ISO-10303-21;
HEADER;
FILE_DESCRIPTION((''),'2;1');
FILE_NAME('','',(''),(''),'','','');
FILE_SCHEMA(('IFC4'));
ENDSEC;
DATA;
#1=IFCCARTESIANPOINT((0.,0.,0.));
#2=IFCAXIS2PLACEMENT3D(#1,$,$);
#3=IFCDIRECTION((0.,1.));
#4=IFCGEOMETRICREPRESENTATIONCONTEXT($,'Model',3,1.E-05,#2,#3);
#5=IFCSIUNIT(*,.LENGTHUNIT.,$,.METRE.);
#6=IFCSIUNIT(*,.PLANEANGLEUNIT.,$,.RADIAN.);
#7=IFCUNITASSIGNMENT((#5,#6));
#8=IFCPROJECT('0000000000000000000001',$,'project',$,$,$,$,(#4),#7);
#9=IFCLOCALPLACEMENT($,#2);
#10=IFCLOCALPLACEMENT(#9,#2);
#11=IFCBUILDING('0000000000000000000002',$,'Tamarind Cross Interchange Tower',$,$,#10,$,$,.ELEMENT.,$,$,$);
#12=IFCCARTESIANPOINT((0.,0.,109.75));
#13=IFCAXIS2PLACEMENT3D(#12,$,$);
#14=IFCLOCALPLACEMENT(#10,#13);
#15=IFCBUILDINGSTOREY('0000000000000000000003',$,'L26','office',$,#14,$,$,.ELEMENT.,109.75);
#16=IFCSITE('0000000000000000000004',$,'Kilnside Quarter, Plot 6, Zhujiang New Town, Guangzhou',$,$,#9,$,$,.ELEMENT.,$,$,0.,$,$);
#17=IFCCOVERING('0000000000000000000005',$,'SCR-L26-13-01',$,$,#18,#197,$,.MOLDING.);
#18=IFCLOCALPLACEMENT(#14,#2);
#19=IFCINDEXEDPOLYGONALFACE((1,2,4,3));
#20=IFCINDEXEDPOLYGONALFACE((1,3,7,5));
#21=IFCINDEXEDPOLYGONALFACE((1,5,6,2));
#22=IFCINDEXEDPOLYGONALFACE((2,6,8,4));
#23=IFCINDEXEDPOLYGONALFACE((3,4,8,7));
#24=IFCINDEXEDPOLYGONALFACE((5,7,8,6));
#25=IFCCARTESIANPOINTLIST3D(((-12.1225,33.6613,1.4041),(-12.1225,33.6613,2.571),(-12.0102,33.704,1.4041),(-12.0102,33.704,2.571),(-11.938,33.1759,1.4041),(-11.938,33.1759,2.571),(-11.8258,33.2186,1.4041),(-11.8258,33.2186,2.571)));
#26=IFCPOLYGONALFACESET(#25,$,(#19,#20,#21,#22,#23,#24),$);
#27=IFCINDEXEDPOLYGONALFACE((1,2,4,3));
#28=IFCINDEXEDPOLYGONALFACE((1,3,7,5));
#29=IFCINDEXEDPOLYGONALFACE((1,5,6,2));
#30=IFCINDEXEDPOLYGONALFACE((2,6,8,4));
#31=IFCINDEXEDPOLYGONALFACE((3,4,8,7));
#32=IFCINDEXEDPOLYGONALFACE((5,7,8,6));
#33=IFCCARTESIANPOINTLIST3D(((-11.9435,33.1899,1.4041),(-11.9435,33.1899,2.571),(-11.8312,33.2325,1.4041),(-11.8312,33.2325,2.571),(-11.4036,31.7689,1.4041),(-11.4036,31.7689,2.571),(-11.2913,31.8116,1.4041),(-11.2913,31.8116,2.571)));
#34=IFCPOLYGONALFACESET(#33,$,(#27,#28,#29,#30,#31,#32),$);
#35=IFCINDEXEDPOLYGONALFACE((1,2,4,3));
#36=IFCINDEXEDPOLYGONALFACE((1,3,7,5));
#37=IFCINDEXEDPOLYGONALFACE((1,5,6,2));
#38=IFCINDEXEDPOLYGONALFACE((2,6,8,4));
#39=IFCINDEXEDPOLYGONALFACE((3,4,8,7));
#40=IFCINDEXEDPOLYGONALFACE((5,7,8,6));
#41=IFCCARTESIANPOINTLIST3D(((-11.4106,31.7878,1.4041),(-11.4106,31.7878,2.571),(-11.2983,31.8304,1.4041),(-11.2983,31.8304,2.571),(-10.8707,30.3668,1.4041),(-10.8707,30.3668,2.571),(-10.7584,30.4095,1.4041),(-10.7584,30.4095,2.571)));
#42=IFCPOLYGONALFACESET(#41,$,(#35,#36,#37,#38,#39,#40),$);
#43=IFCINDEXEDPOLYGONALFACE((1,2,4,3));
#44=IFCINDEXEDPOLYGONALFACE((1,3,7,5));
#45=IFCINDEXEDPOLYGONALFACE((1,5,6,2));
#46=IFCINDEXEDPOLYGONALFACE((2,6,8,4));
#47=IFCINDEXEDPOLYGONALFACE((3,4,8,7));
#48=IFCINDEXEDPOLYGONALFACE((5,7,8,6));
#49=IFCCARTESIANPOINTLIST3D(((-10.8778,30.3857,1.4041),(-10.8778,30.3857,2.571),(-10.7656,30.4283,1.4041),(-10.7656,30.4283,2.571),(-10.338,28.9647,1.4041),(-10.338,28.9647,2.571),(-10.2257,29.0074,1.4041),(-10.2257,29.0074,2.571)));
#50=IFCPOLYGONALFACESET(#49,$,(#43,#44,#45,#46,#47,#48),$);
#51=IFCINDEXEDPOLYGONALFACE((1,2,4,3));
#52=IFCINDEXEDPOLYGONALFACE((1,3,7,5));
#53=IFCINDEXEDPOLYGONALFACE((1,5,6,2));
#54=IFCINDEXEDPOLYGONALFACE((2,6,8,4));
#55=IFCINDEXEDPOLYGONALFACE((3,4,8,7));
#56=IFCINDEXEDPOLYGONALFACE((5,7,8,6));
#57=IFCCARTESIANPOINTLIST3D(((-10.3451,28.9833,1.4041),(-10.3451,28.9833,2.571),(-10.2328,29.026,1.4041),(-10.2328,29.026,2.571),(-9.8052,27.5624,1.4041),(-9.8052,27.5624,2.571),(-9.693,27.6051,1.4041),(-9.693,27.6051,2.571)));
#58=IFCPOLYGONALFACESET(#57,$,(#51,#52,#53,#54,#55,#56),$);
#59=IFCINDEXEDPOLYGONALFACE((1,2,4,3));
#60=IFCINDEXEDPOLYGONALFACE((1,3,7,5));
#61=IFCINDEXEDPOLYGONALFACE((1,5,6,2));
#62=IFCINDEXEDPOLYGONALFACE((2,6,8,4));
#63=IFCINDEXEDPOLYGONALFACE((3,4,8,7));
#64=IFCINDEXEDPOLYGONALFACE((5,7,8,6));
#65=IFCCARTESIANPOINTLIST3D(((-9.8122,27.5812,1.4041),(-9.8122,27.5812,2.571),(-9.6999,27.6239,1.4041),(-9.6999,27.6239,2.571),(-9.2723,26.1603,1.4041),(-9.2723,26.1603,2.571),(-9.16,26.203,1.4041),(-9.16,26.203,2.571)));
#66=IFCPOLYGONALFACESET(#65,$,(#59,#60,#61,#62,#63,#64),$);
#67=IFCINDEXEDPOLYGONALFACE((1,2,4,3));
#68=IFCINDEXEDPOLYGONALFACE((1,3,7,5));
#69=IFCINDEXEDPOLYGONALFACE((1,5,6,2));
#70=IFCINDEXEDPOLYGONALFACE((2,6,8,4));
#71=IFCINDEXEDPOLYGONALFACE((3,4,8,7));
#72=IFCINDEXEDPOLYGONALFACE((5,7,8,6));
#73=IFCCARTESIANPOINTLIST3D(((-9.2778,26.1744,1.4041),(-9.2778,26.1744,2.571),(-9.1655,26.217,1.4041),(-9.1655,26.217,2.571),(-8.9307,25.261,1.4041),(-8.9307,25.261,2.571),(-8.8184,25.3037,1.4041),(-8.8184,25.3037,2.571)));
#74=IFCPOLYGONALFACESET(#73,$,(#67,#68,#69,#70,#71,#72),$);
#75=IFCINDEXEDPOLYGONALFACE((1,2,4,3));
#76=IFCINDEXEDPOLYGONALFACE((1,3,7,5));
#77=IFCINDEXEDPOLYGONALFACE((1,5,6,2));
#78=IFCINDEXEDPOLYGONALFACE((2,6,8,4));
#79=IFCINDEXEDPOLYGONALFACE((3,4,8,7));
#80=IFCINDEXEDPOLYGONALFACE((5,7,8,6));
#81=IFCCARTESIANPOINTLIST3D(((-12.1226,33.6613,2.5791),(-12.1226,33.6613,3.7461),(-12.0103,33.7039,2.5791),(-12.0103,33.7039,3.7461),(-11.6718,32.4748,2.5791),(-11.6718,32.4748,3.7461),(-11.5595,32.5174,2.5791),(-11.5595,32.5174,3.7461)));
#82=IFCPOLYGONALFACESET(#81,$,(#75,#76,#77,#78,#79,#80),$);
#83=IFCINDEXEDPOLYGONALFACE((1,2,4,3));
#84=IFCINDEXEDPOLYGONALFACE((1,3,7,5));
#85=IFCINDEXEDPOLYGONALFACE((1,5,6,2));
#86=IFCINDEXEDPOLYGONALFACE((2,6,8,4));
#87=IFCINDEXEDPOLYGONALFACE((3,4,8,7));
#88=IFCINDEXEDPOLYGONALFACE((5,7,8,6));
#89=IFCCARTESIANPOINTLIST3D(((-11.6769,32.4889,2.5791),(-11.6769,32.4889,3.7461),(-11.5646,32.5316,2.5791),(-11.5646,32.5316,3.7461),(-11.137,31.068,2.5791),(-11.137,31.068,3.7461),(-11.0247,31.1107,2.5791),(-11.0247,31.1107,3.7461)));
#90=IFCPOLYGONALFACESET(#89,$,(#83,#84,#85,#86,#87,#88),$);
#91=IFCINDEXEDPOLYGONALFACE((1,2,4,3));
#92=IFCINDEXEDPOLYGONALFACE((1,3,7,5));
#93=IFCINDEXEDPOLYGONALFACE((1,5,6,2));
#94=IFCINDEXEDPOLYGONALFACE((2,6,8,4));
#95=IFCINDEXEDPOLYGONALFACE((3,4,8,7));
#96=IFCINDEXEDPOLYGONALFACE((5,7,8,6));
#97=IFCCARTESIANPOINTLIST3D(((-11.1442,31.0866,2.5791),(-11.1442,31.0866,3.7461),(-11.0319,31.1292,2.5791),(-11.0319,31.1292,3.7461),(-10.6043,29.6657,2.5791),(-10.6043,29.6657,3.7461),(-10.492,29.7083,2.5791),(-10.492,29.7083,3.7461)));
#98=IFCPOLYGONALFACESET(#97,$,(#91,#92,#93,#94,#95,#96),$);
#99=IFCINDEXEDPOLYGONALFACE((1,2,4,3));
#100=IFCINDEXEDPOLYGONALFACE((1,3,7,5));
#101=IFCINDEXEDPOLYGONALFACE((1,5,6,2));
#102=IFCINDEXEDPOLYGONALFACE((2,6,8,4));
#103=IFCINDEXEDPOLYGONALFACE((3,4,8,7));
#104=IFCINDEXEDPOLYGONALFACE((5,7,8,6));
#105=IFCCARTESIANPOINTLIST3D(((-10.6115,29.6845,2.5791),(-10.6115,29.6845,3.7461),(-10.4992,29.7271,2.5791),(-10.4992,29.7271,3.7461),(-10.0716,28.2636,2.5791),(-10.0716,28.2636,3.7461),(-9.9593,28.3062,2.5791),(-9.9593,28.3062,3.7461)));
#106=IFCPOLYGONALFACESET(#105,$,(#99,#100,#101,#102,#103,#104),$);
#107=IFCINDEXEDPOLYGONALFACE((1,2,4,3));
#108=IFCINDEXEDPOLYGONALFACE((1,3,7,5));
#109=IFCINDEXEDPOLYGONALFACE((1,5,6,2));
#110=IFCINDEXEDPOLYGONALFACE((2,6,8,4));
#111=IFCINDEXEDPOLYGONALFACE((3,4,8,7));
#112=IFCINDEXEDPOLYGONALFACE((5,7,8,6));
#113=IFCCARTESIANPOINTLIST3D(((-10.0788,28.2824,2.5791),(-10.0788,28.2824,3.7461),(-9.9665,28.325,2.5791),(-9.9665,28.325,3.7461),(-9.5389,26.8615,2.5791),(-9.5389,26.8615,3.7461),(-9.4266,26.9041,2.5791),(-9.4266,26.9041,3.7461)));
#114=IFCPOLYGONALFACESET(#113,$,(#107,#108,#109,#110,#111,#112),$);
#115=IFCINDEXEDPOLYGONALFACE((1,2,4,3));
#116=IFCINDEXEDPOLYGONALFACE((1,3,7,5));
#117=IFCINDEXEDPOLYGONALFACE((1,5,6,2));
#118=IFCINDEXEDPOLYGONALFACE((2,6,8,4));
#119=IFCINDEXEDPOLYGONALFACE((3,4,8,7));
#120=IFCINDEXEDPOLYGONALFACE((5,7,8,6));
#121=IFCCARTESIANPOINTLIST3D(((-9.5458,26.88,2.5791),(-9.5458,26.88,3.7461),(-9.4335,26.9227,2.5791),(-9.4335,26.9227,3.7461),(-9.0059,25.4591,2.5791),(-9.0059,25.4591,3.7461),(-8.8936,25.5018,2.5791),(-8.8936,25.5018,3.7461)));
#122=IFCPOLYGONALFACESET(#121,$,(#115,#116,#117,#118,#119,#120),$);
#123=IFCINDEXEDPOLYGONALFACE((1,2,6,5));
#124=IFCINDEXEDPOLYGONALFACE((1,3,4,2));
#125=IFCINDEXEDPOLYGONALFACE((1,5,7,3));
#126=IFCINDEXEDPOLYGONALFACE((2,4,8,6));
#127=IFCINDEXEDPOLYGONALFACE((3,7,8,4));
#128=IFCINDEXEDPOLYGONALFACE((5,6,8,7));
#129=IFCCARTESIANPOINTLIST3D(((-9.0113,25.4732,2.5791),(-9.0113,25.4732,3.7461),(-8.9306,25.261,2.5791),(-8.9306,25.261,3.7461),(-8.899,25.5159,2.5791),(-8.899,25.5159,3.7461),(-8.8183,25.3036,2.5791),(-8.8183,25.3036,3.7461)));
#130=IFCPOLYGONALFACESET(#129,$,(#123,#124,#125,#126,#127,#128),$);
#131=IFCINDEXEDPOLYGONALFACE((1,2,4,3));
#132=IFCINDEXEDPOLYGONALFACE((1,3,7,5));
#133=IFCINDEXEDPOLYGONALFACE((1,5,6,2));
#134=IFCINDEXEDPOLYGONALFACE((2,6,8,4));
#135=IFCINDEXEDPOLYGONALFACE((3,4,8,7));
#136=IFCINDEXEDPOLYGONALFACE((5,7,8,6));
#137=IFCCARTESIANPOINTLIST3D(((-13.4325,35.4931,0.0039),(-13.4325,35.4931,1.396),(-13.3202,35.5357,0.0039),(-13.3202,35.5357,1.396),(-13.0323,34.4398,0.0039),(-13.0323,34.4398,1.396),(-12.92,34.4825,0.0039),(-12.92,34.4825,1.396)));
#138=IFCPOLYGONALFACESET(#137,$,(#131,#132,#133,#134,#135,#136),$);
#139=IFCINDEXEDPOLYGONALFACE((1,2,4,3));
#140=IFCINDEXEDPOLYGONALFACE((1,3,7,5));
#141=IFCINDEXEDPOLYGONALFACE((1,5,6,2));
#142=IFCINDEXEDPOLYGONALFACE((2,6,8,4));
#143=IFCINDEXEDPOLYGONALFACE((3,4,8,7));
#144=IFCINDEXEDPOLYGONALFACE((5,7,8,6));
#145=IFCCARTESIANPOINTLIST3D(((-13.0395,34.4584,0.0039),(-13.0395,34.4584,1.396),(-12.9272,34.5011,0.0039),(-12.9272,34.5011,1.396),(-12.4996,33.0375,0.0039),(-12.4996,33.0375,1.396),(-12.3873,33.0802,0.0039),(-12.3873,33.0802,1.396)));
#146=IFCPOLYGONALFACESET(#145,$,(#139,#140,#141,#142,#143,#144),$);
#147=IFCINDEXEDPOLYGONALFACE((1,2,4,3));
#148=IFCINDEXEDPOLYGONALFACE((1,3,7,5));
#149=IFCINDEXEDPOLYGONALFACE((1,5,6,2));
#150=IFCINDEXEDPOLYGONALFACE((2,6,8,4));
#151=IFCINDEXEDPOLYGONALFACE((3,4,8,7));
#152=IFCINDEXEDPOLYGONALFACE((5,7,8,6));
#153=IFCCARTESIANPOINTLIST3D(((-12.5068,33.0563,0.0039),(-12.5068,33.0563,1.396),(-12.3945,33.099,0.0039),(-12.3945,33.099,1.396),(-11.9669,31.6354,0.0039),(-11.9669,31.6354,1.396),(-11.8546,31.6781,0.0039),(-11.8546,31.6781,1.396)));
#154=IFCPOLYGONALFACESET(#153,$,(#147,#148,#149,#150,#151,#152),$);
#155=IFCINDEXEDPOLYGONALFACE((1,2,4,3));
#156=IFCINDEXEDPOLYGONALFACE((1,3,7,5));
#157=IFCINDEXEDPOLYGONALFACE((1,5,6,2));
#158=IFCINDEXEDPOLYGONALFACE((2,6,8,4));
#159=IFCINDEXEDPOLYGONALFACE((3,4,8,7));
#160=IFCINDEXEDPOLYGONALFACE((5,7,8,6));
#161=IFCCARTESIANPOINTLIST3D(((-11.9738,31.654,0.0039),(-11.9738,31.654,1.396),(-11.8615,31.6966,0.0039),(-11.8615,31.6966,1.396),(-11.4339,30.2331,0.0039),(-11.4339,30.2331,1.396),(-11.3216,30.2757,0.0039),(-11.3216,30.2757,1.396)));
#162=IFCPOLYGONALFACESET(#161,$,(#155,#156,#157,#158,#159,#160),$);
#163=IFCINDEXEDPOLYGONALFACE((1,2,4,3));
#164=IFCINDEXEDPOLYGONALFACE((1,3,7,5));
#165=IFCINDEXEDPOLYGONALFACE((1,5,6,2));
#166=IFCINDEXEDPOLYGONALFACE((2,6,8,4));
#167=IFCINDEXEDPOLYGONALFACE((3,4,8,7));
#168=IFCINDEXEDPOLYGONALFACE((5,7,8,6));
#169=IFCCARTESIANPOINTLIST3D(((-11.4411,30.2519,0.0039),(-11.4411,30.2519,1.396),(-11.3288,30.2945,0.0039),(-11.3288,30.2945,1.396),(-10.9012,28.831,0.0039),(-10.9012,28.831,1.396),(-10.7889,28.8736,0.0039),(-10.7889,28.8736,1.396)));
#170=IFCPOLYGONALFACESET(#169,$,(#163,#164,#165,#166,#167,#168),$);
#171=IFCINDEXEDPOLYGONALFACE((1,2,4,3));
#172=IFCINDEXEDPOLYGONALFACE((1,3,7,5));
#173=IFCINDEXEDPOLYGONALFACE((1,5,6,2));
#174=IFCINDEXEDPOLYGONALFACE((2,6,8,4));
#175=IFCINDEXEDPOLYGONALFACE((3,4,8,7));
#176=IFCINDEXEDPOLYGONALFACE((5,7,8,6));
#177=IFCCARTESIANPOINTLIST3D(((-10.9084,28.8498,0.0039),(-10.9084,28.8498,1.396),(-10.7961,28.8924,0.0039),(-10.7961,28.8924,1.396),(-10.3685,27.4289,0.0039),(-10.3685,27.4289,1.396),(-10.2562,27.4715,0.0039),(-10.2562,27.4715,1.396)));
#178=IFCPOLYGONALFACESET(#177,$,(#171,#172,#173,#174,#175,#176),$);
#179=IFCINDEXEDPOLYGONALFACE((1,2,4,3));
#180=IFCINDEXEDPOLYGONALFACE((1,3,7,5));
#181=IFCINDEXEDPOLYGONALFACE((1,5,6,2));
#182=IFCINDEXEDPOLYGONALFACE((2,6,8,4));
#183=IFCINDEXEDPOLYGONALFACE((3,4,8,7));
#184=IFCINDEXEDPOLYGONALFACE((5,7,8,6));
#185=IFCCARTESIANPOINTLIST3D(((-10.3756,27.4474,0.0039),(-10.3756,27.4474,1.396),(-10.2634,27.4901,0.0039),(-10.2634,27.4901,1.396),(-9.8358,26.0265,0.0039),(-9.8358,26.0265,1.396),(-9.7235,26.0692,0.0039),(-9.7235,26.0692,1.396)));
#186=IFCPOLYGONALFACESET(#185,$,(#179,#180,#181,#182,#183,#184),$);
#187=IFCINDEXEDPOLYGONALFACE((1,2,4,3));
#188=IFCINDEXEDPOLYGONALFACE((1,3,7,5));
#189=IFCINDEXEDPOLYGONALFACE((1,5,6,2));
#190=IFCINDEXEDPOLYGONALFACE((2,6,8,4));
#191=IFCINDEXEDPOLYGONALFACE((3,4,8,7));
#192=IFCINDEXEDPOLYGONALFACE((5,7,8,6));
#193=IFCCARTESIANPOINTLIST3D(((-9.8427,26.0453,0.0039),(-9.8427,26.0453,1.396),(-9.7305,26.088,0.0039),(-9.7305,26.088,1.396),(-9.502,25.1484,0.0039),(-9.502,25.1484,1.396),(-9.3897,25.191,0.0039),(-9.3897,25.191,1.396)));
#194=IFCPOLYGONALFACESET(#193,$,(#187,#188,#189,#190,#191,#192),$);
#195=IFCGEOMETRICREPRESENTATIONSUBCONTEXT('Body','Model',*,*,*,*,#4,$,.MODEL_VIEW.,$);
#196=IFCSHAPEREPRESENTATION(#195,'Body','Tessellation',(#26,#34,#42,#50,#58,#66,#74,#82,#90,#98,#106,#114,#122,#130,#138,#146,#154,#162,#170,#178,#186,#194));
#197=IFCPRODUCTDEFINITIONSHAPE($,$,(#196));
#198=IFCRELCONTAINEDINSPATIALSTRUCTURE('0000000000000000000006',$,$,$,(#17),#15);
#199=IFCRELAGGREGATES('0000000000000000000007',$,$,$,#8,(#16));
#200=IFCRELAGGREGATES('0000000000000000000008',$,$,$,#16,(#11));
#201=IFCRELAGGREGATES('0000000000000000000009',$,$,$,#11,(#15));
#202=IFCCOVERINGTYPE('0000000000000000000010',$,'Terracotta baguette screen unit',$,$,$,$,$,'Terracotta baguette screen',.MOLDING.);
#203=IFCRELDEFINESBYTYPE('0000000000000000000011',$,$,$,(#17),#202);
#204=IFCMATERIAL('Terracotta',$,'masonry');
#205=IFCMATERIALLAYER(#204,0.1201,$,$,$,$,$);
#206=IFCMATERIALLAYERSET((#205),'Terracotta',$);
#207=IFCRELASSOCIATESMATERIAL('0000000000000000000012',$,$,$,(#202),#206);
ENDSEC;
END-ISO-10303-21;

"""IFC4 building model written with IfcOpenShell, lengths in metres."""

from ifc_helpers import new_model, si_unit, direction, frame, origin, origin_2d, place, context, subcontext, project, spatial, rectangle, extrude, material, layer, layer_set, type_object, element, save


model = new_model("IFC4")

# Units and contexts
model_context = context("Model", 3, precision=1e-05, world=origin(), true_north=direction((0.0, 1.0)))
body_context = subcontext(model_context, "Body", "Model", "MODEL_VIEW")
ifc_project = project(units=[si_unit("LENGTHUNIT", "METRE"), si_unit("PLANEANGLEUNIT", "RADIAN")], contexts=[model_context])

# Site, building, storey
site_placement = place(None, origin())
site = spatial("IfcSite", under=ifc_project, at=site_placement, Name="Kilnside Quarter, Plot 6, Zhujiang New Town, Guangzhou", CompositionType="ELEMENT", RefElevation=0.0)
building_placement = place(site_placement, origin())
building = spatial("IfcBuilding", under=site, at=building_placement, Name="Tamarind Cross Interchange Tower", CompositionType="ELEMENT")
storey_placement = place(building_placement, frame((0.0, 0.0, 109.75)))
storey = spatial("IfcBuildingStorey", under=building, at=storey_placement, Name="L26", Description="office", CompositionType="ELEMENT", Elevation=109.75)

# Covering
ifc_material_1 = material(Name="Terracotta", Category="masonry")
ifc_layer_1 = layer(ifc_material_1, 0.1201)
ifc_layer_set_1 = layer_set([ifc_layer_1], Name="Terracotta")
covering_type = type_object("IfcCoveringType", Name="Terracotta baguette screen unit", ElementType="Terracotta baguette screen", PredefinedType="MOLDING", material=ifc_layer_set_1)
covering_1_placement = place(storey_placement, origin())
element("IfcCovering", 1, at=covering_1_placement, inside=storey, type_object=covering_type, Name="SCR-L26-13-01", PredefinedType="MOLDING", context=body_context, shape_type="SweptSolid", body=[
    extrude(rectangle(XDim=0.5193, YDim=0.1201, at=origin_2d()), frame((-11.9741, 33.4399, 1.4041), z_axis=(0.0, 0.0, 1.0), x_axis=(0.355186, -0.934796, 0.0)), (0.0, 0.0, 1.0), 1.167),
    extrude(rectangle(XDim=1.52, YDim=0.1201, at=origin_2d()), frame((-11.6174, 32.5007, 1.4041), z_axis=(0.0, 0.0, 1.0), x_axis=(0.355186, -0.934796, 0.0)), (0.0, 0.0, 1.0), 1.167),
    extrude(rectangle(XDim=1.52, YDim=0.1201, at=origin_2d()), frame((-11.0845, 31.0986, 1.4041), z_axis=(0.0, 0.0, 1.0), x_axis=(0.355186, -0.934796, 0.0)), (0.0, 0.0, 1.0), 1.167),
    extrude(rectangle(XDim=1.52, YDim=0.1201, at=origin_2d()), frame((-10.5518, 29.6965, 1.4041), z_axis=(0.0, 0.0, 1.0), x_axis=(0.355186, -0.934796, 0.0)), (0.0, 0.0, 1.0), 1.167),
    extrude(rectangle(XDim=1.52, YDim=0.1201, at=origin_2d()), frame((-10.019, 28.2942, 1.4041), z_axis=(0.0, 0.0, 1.0), x_axis=(0.355186, -0.934796, 0.0)), (0.0, 0.0, 1.0), 1.167),
    extrude(rectangle(XDim=1.52, YDim=0.1201, at=origin_2d()), frame((-9.4861, 26.8921, 1.4041), z_axis=(0.0, 0.0, 1.0), x_axis=(0.355186, -0.934796, 0.0)), (0.0, 0.0, 1.0), 1.167),
    extrude(rectangle(XDim=0.9771, YDim=0.1201, at=origin_2d()), frame((-9.0481, 25.739, 1.4041), z_axis=(0.0, 0.0, 1.0), x_axis=(0.355186, -0.934796, 0.0)), (0.0, 0.0, 1.0), 1.167),
    extrude(rectangle(XDim=1.2693, YDim=0.1201, at=origin_2d()), frame((-11.8411, 33.0894, 2.5791), z_axis=(0.0, 0.0, 1.0), x_axis=(0.355186, -0.934796, 0.0)), (0.0, 0.0, 1.0), 1.167),
    extrude(rectangle(XDim=1.52, YDim=0.1201, at=origin_2d()), frame((-11.3508, 31.7998, 2.5791), z_axis=(0.0, 0.0, 1.0), x_axis=(0.355186, -0.934796, 0.0)), (0.0, 0.0, 1.0), 1.167),
    extrude(rectangle(XDim=1.52, YDim=0.1201, at=origin_2d()), frame((-10.8181, 30.3975, 2.5791), z_axis=(0.0, 0.0, 1.0), x_axis=(0.355186, -0.934796, 0.0)), (0.0, 0.0, 1.0), 1.167),
    extrude(rectangle(XDim=1.52, YDim=0.1201, at=origin_2d()), frame((-10.2854, 28.9954, 2.5791), z_axis=(0.0, 0.0, 1.0), x_axis=(0.355186, -0.934796, 0.0)), (0.0, 0.0, 1.0), 1.167),
    extrude(rectangle(XDim=1.52, YDim=0.1201, at=origin_2d()), frame((-9.7527, 27.5933, 2.5791), z_axis=(0.0, 0.0, 1.0), x_axis=(0.355186, -0.934796, 0.0)), (0.0, 0.0, 1.0), 1.167),
    extrude(rectangle(XDim=1.52, YDim=0.1201, at=origin_2d()), frame((-9.2197, 26.1909, 2.5791), z_axis=(0.0, 0.0, 1.0), x_axis=(0.355186, -0.934796, 0.0)), (0.0, 0.0, 1.0), 1.167),
    extrude(rectangle(XDim=0.2271, YDim=0.1201, at=origin_2d()), frame((-8.9148, 25.3884, 2.5791), z_axis=(0.0, 0.0, 1.0), x_axis=(0.355186, -0.934796, 0.0)), (0.0, 0.0, 1.0), 1.167),
    extrude(rectangle(XDim=1.1267, YDim=0.1201, at=origin_2d()), frame((-13.1763, 34.9878, 0.0039), z_axis=(0.0, 0.0, 1.0), x_axis=(0.355186, -0.934796, 0.0)), (0.0, 0.0, 1.0), 1.3921),
    extrude(rectangle(XDim=1.52, YDim=0.1201, at=origin_2d()), frame((-12.7134, 33.7693, 0.0039), z_axis=(0.0, 0.0, 1.0), x_axis=(0.355186, -0.934796, 0.0)), (0.0, 0.0, 1.0), 1.3921),
    extrude(rectangle(XDim=1.52, YDim=0.1201, at=origin_2d()), frame((-12.1807, 32.3672, 0.0039), z_axis=(0.0, 0.0, 1.0), x_axis=(0.355186, -0.934796, 0.0)), (0.0, 0.0, 1.0), 1.3921),
    extrude(rectangle(XDim=1.52, YDim=0.1201, at=origin_2d()), frame((-11.6477, 30.9648, 0.0039), z_axis=(0.0, 0.0, 1.0), x_axis=(0.355186, -0.934796, 0.0)), (0.0, 0.0, 1.0), 1.3921),
    extrude(rectangle(XDim=1.52, YDim=0.1201, at=origin_2d()), frame((-11.115, 29.5627, 0.0039), z_axis=(0.0, 0.0, 1.0), x_axis=(0.355186, -0.934796, 0.0)), (0.0, 0.0, 1.0), 1.3921),
    extrude(rectangle(XDim=1.52, YDim=0.1201, at=origin_2d()), frame((-10.5823, 28.1606, 0.0039), z_axis=(0.0, 0.0, 1.0), x_axis=(0.355186, -0.934796, 0.0)), (0.0, 0.0, 1.0), 1.3921),
    extrude(rectangle(XDim=1.52, YDim=0.1201, at=origin_2d()), frame((-10.0496, 26.7583, 0.0039), z_axis=(0.0, 0.0, 1.0), x_axis=(0.355186, -0.934796, 0.0)), (0.0, 0.0, 1.0), 1.3921),
    extrude(rectangle(XDim=0.9595, YDim=0.1201, at=origin_2d()), frame((-9.6162, 25.6182, 0.0039), z_axis=(0.0, 0.0, 1.0), x_axis=(0.355186, -0.934796, 0.0)), (0.0, 0.0, 1.0), 1.3921),
])

save(model, "model.ifc")
